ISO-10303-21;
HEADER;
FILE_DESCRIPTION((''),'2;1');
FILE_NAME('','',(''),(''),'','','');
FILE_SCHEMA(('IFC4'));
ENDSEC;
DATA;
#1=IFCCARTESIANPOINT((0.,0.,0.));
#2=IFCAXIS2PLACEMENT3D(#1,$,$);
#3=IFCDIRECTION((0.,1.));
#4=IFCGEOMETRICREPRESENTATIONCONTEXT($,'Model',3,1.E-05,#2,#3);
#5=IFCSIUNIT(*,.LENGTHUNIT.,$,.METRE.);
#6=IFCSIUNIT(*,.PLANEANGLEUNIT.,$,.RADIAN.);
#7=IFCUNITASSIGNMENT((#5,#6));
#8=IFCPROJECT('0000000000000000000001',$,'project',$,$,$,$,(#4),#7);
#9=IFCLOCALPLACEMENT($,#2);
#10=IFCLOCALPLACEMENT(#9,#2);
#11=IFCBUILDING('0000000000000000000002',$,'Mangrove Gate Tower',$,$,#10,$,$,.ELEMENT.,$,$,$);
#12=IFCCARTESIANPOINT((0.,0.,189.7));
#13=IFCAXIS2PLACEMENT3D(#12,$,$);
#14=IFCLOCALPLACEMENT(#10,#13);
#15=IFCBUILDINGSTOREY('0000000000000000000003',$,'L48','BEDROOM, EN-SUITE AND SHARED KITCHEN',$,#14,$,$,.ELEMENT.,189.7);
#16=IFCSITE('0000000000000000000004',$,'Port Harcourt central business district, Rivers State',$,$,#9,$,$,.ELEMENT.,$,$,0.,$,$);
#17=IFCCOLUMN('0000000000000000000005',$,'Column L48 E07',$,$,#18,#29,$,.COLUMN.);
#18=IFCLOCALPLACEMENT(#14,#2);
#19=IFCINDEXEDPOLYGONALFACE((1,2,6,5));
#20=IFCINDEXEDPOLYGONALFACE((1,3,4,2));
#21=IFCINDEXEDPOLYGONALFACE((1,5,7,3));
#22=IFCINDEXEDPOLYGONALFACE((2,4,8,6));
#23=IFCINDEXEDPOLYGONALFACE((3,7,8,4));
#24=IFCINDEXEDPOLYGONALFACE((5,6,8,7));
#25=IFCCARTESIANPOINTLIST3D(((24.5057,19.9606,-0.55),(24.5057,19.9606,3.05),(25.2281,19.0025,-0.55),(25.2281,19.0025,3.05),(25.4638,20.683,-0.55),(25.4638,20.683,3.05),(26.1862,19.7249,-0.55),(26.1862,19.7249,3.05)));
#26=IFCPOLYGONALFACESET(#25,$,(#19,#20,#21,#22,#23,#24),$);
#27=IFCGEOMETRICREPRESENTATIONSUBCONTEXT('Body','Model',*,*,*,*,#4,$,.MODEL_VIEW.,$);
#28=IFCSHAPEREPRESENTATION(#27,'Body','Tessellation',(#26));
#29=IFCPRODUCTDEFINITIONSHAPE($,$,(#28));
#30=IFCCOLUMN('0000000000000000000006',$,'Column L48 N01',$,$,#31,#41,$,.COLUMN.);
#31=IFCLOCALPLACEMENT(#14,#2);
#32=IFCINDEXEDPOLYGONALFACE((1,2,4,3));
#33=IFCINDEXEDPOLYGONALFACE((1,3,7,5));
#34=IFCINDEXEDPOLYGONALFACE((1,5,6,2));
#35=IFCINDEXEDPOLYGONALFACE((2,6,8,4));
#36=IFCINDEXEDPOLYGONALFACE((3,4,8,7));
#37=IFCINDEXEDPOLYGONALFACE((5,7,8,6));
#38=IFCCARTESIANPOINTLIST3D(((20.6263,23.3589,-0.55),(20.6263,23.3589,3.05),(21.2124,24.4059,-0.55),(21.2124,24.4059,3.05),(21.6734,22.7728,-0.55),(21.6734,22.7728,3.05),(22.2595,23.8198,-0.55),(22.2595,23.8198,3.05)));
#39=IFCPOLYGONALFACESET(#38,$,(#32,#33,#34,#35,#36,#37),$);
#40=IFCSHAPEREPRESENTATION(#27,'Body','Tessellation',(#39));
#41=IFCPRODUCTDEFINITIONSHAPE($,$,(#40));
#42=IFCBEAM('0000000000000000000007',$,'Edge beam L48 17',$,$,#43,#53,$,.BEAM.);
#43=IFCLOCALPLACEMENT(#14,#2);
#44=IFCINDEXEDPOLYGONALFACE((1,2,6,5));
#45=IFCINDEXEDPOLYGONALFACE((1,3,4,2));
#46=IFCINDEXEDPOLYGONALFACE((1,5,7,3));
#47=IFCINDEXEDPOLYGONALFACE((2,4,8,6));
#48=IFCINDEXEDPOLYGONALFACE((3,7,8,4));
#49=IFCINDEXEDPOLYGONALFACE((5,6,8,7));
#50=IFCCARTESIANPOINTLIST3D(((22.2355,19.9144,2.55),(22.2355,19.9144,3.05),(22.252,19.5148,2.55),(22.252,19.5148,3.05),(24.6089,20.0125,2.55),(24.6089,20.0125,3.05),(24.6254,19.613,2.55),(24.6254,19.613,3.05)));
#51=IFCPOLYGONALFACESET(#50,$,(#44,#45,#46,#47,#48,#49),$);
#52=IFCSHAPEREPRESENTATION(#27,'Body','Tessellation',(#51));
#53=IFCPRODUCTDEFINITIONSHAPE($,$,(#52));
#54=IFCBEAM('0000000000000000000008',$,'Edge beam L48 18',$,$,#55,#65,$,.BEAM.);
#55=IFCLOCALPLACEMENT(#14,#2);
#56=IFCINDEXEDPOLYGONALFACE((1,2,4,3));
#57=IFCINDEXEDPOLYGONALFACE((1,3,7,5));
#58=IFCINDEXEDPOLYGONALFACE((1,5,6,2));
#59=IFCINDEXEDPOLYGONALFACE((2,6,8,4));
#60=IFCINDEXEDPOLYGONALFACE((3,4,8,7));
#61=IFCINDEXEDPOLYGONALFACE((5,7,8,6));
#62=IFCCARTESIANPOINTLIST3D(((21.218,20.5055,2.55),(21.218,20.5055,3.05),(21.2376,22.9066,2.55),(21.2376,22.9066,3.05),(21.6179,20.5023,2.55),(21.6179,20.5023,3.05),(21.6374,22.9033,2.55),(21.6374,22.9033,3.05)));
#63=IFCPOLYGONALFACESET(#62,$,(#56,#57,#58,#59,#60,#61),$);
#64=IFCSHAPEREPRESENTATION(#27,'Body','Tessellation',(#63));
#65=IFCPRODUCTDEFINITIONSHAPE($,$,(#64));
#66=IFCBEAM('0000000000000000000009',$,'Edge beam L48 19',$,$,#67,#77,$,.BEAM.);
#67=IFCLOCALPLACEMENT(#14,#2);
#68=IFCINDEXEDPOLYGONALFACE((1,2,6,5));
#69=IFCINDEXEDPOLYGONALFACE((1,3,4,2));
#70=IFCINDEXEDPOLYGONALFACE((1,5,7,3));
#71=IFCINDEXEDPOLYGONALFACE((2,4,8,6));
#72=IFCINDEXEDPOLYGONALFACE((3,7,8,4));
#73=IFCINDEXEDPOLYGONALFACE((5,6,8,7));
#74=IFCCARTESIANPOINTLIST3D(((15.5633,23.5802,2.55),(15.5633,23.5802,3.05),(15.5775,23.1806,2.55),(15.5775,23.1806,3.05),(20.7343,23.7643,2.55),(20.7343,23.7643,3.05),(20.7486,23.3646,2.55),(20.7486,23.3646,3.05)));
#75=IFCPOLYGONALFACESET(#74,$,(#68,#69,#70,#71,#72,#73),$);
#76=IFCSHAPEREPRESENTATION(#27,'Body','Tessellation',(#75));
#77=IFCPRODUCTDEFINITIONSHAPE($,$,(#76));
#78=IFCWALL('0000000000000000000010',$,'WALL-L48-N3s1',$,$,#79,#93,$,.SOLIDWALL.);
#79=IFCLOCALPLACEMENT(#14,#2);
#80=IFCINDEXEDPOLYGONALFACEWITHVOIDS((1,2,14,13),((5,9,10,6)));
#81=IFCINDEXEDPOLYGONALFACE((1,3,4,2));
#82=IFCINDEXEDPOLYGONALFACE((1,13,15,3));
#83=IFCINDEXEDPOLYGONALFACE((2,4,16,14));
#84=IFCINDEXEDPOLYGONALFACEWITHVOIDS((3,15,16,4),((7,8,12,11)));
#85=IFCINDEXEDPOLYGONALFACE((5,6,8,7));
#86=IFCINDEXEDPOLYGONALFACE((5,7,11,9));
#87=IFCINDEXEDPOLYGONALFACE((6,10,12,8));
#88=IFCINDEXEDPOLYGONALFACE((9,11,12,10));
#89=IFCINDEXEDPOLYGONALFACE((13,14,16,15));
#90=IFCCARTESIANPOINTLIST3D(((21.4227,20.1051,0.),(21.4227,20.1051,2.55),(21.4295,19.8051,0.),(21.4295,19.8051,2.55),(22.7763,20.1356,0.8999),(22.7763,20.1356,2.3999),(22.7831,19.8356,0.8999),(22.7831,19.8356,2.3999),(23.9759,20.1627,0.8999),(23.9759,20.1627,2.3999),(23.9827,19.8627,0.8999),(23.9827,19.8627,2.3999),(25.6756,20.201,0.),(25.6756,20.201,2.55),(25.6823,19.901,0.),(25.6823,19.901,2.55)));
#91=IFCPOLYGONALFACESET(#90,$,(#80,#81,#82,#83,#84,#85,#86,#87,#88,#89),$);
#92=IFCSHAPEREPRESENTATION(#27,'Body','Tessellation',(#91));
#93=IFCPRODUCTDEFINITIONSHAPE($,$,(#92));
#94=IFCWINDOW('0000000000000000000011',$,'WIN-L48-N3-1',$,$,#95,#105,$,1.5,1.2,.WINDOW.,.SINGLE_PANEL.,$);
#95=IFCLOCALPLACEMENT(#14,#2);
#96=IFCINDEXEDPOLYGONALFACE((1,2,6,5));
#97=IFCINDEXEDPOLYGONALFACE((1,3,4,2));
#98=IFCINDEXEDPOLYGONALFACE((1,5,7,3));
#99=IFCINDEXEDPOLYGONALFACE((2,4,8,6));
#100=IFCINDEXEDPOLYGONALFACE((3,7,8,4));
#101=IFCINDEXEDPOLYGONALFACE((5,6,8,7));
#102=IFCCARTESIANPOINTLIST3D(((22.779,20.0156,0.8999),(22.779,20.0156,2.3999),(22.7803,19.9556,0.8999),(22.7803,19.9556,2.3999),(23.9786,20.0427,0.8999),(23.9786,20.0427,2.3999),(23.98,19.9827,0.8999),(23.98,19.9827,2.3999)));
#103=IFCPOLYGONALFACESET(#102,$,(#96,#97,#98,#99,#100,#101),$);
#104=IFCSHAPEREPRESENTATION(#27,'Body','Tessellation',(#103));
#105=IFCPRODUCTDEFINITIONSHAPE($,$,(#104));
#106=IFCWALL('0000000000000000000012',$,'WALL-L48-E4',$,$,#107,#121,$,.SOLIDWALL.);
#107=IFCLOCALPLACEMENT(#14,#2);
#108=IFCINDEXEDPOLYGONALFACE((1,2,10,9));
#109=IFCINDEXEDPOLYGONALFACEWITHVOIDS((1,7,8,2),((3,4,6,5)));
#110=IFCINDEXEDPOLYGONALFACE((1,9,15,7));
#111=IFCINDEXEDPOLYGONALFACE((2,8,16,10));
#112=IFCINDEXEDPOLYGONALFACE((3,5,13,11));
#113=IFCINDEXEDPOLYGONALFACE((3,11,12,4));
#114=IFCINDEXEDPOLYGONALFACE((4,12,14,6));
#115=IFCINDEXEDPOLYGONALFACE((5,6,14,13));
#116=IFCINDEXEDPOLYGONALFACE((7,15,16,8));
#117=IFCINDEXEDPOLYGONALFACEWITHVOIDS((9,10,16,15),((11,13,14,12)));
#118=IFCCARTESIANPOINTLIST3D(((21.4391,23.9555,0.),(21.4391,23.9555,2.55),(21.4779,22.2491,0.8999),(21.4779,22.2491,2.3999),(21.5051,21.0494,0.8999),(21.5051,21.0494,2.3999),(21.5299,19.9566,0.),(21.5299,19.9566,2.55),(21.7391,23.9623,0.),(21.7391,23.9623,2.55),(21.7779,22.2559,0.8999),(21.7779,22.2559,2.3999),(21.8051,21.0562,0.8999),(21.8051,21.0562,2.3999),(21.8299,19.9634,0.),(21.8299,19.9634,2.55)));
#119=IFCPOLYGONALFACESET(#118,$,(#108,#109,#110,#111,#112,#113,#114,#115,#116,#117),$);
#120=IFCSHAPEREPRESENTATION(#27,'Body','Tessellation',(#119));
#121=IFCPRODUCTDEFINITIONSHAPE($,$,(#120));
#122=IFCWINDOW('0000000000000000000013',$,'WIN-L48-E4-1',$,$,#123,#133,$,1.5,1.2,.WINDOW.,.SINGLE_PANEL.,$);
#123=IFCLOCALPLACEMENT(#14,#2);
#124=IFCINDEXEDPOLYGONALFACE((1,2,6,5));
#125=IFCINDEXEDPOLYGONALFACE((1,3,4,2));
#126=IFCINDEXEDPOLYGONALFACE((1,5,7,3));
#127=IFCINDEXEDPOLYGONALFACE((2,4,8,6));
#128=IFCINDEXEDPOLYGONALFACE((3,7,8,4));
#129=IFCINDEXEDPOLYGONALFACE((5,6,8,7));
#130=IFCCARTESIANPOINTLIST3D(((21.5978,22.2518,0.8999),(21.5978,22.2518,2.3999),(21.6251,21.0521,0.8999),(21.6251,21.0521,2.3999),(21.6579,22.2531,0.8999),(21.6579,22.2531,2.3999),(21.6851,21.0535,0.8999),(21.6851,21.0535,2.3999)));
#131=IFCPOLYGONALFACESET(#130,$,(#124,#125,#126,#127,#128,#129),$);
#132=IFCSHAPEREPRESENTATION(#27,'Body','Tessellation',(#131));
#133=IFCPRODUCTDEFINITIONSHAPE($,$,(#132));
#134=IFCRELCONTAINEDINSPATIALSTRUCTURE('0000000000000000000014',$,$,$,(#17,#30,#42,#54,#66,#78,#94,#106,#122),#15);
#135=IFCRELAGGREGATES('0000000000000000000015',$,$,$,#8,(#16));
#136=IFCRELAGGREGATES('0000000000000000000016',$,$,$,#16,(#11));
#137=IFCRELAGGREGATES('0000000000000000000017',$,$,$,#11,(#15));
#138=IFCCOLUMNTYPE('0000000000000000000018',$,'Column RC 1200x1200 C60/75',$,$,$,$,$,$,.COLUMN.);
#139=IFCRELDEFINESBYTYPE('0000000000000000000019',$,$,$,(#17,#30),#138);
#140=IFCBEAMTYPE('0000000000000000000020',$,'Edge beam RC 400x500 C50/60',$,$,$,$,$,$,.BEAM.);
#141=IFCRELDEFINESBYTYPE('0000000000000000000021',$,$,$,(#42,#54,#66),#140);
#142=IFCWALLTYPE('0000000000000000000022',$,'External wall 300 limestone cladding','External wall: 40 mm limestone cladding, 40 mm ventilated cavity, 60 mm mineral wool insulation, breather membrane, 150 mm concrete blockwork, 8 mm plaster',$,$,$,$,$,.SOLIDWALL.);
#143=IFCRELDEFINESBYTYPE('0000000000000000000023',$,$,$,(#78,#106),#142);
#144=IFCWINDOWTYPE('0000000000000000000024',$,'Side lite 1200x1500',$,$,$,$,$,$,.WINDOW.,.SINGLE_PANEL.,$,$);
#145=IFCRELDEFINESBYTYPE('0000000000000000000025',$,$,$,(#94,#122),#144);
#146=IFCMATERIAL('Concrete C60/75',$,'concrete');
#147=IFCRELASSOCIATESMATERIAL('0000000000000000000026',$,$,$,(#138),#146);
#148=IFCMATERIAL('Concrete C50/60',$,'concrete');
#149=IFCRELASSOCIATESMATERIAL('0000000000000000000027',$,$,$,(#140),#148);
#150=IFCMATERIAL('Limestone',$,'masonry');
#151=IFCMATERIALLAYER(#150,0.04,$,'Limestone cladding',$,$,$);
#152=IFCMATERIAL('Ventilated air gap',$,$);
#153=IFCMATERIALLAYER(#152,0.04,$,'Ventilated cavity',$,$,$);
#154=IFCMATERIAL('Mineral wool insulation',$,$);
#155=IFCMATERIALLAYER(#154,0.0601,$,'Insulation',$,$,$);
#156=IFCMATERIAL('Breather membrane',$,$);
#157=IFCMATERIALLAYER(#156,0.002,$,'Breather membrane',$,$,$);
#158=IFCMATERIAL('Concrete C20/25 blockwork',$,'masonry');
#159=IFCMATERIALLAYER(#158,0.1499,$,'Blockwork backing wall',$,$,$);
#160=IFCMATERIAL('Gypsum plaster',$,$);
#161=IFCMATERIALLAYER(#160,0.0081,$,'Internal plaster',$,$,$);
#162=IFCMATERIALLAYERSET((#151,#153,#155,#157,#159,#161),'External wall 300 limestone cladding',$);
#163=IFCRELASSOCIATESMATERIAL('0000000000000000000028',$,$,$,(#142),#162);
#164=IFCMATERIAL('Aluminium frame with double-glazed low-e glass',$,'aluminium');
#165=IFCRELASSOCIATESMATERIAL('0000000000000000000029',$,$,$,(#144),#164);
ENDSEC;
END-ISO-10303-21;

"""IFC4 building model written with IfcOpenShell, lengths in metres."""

from ifc_helpers import new_model, si_unit, direction, frame, frame_2d, origin, origin_2d, place, context, subcontext, project, spatial, rectangle, extrude, material, layer, layer_set, material_profile, profile_set, type_object, element, fill, save


model = new_model("IFC4")

# Units and contexts
model_context = context("Model", 3, precision=1e-05, world=origin(), true_north=direction((0.0, 1.0)))
body_context = subcontext(model_context, "Body", "Model", "MODEL_VIEW")
ifc_project = project(units=[si_unit("LENGTHUNIT", "METRE"), si_unit("PLANEANGLEUNIT", "RADIAN")], contexts=[model_context])

# Site, building, storey
site_placement = place(None, origin())
site = spatial("IfcSite", under=ifc_project, at=site_placement, Name="Port Harcourt central business district, Rivers State", CompositionType="ELEMENT", RefElevation=0.0)
building_placement = place(site_placement, origin())
building = spatial("IfcBuilding", under=site, at=building_placement, Name="Mangrove Gate Tower", CompositionType="ELEMENT")
storey_placement = place(building_placement, frame((0.0, 0.0, 189.7)))
storey = spatial("IfcBuildingStorey", under=building, at=storey_placement, Name="L48", Description="BEDROOM, EN-SUITE AND SHARED KITCHEN", CompositionType="ELEMENT", Elevation=189.7)

# Columns
ifc_material_1 = material(Name="Concrete C60/75", Category="concrete")
ifc_material_profile_1 = material_profile(ifc_material_1, rectangle(XDim=1.2, YDim=1.2, at=origin_2d()))
ifc_profile_set_1 = profile_set([ifc_material_profile_1], Name="Concrete C60/75")
column_type = type_object("IfcColumnType", Name="Column RC 1200x1200 C60/75", PredefinedType="COLUMN", material=ifc_profile_set_1)
for number, where, z_axis, x_axis, name in (
    (1, (25.3459, 19.8428, -0.55), (0.0, 0.0, 1.0), (-0.60203, 0.798474, 0.0), "Column L48 E07"),
    (2, (21.4429, 23.5894, -0.55), (0.0, 0.0, 1.0), (-0.872595, 0.488445, 0.0), "Column L48 N01"),
):
    element("IfcColumn", number, at=place(storey_placement, frame(where, z_axis=z_axis, x_axis=x_axis)), inside=storey, type_object=column_type, Name=name, PredefinedType="COLUMN", context=body_context, shape_type="SweptSolid", body=[
        extrude(rectangle(XDim=1.2, YDim=1.2, at=origin_2d()), origin(), (0.0, 0.0, 1.0), 3.6001),
    ])

# Beams
ifc_material_2 = material(Name="Concrete C50/60", Category="concrete")
ifc_material_profile_2 = material_profile(ifc_material_2, rectangle(XDim=0.3999, YDim=0.5, at=origin_2d()))
ifc_profile_set_2 = profile_set([ifc_material_profile_2], Name="Concrete C50/60")
beam_type = type_object("IfcBeamType", Name="Edge beam RC 400x500 C50/60", PredefinedType="BEAM", material=ifc_profile_set_2)
beam_1_placement = place(storey_placement, frame((24.6172, 19.8127, 2.8), z_axis=(-0.999146, -0.041314, 0.0), x_axis=(0.041314, -0.999146, 0.0)))
element("IfcBeam", 3, at=beam_1_placement, inside=storey, type_object=beam_type, Name="Edge beam L48 17", PredefinedType="BEAM", context=body_context, shape_type="SweptSolid", body=[
    extrude(rectangle(XDim=0.3999, YDim=0.5, at=origin_2d()), origin(), (0.0, 0.0, 1.0), 2.3755),
])
beam_2_placement = place(storey_placement, frame((21.418, 20.5039, 2.8), z_axis=(0.008134, 0.999967, 0.0), x_axis=(-0.999967, 0.008134, 0.0)))
element("IfcBeam", 4, at=beam_2_placement, inside=storey, type_object=beam_type, Name="Edge beam L48 18", PredefinedType="BEAM", context=body_context, shape_type="SweptSolid", body=[
    extrude(rectangle(XDim=0.3999, YDim=0.5, at=origin_2d()), origin(), (0.0, 0.0, 1.0), 2.4011),
])
beam_3_placement = place(storey_placement, frame((20.7415, 23.5645, 2.8), z_axis=(-0.999367, -0.035575, 0.0), x_axis=(0.035575, -0.999367, 0.0)))
element("IfcBeam", 5, at=beam_3_placement, inside=storey, type_object=beam_type, Name="Edge beam L48 19", PredefinedType="BEAM", context=body_context, shape_type="SweptSolid", body=[
    extrude(rectangle(XDim=0.3999, YDim=0.5, at=origin_2d()), origin(), (0.0, 0.0, 1.0), 5.1743),
])

# Walls, openings, windows
ifc_material_3 = material(Name="Limestone", Category="masonry")
ifc_layer_1 = layer(ifc_material_3, 0.04, Name="Limestone cladding")
ifc_material_4 = material(Name="Ventilated air gap")
ifc_layer_2 = layer(ifc_material_4, 0.04, Name="Ventilated cavity")
ifc_material_5 = material(Name="Mineral wool insulation")
ifc_layer_3 = layer(ifc_material_5, 0.0601, Name="Insulation")
ifc_material_6 = material(Name="Breather membrane")
ifc_layer_4 = layer(ifc_material_6, 0.002, Name="Breather membrane")
ifc_material_7 = material(Name="Concrete C20/25 blockwork", Category="masonry")
ifc_layer_5 = layer(ifc_material_7, 0.1499, Name="Blockwork backing wall")
ifc_material_8 = material(Name="Gypsum plaster")
ifc_layer_6 = layer(ifc_material_8, 0.0081, Name="Internal plaster")
ifc_layer_set = layer_set([ifc_layer_1, ifc_layer_2, ifc_layer_3, ifc_layer_4, ifc_layer_5, ifc_layer_6], Name="External wall 300 limestone cladding")
wall_type = type_object("IfcWallType", Name="External wall 300 limestone cladding", Description="External wall: 40 mm limestone cladding, 40 mm ventilated cavity, 60 mm mineral wool insulation, breather membrane, 150 mm concrete blockwork, 8 mm plaster", PredefinedType="SOLIDWALL", material=ifc_layer_set)
wall_1_placement = place(storey_placement, frame((25.679, 20.051, 0.0), z_axis=(0.0, 0.0, 1.0), x_axis=(-0.999746, -0.022555, 0.0)))
wall_1 = element("IfcWall", 6, at=wall_1_placement, inside=storey, type_object=wall_type, Name="WALL-L48-N3s1", PredefinedType="SOLIDWALL", context=body_context, shape_type="SweptSolid", body=[
    extrude(rectangle(XDim=4.2539, YDim=0.3, at=frame_2d((2.127, 0.0))), origin(), (0.0, 0.0, 1.0), 2.55),
])
opening_1_placement = place(wall_1_placement, frame((1.7, 0.0, 0.8999)))
opening_1 = element("IfcOpeningElement", 7, at=opening_1_placement, cuts=wall_1, PredefinedType="OPENING", context=body_context, shape_type="SweptSolid", body=[
    extrude(rectangle(XDim=1.2, YDim=1.5, at=frame_2d((0.6001, 0.75))), frame((0.0, 0.1599, 0.0), z_axis=(0.0, -1.0, 0.0), x_axis=(1.0, 0.0, 0.0)), (0.0, 0.0, 1.0), 0.3201),
])
ifc_material_9 = material(Name="Aluminium frame with double-glazed low-e glass", Category="aluminium")
window_type = type_object("IfcWindowType", Name="Side lite 1200x1500", PartitioningType="SINGLE_PANEL", PredefinedType="WINDOW", material=ifc_material_9)
window_1_placement = place(opening_1_placement, origin())
window_1 = element("IfcWindow", 8, at=window_1_placement, inside=storey, type_object=window_type, Name="WIN-L48-N3-1", OverallHeight=1.5, OverallWidth=1.2, PartitioningType="SINGLE_PANEL", PredefinedType="WINDOW", context=body_context, shape_type="SweptSolid", body=[
    extrude(rectangle(XDim=1.2, YDim=1.5, at=frame_2d((0.6001, 0.75))), frame((0.0, 0.03, 0.0), z_axis=(0.0, -1.0, 0.0), x_axis=(1.0, 0.0, 0.0)), (0.0, 0.0, 1.0), 0.0601),
])
fill(opening_1, window_1)
wall_2_placement = place(storey_placement, frame((21.6799, 19.96, 0.0), z_axis=(0.0, 0.0, 1.0), x_axis=(-0.022705, 0.999742, 0.0)))
wall_2 = element("IfcWall", 9, at=wall_2_placement, inside=storey, type_object=wall_type, Name="WALL-L48-E4", PredefinedType="SOLIDWALL", context=body_context, shape_type="SweptSolid", body=[
    extrude(rectangle(XDim=4.0, YDim=0.3, at=frame_2d((2.0, 0.0))), origin(), (0.0, 0.0, 1.0), 2.55),
])
opening_2_placement = place(wall_2_placement, frame((1.093, 0.0, 0.8999)))
opening_2 = element("IfcOpeningElement", 10, at=opening_2_placement, cuts=wall_2, PredefinedType="OPENING", context=body_context, shape_type="SweptSolid", body=[
    extrude(rectangle(XDim=1.2, YDim=1.5, at=frame_2d((0.6001, 0.75))), frame((0.0, 0.1599, 0.0), z_axis=(0.0, -1.0, 0.0), x_axis=(1.0, 0.0, 0.0)), (0.0, 0.0, 1.0), 0.3201),
])
window_2_placement = place(opening_2_placement, origin())
window_2 = element("IfcWindow", 11, at=window_2_placement, inside=storey, type_object=window_type, Name="WIN-L48-E4-1", OverallHeight=1.5, OverallWidth=1.2, PartitioningType="SINGLE_PANEL", PredefinedType="WINDOW", context=body_context, shape_type="SweptSolid", body=[
    extrude(rectangle(XDim=1.2, YDim=1.5, at=frame_2d((0.6001, 0.75))), frame((0.0, 0.03, 0.0), z_axis=(0.0, -1.0, 0.0), x_axis=(1.0, 0.0, 0.0)), (0.0, 0.0, 1.0), 0.0601),
])
fill(opening_2, window_2)

save(model, "model.ifc")
